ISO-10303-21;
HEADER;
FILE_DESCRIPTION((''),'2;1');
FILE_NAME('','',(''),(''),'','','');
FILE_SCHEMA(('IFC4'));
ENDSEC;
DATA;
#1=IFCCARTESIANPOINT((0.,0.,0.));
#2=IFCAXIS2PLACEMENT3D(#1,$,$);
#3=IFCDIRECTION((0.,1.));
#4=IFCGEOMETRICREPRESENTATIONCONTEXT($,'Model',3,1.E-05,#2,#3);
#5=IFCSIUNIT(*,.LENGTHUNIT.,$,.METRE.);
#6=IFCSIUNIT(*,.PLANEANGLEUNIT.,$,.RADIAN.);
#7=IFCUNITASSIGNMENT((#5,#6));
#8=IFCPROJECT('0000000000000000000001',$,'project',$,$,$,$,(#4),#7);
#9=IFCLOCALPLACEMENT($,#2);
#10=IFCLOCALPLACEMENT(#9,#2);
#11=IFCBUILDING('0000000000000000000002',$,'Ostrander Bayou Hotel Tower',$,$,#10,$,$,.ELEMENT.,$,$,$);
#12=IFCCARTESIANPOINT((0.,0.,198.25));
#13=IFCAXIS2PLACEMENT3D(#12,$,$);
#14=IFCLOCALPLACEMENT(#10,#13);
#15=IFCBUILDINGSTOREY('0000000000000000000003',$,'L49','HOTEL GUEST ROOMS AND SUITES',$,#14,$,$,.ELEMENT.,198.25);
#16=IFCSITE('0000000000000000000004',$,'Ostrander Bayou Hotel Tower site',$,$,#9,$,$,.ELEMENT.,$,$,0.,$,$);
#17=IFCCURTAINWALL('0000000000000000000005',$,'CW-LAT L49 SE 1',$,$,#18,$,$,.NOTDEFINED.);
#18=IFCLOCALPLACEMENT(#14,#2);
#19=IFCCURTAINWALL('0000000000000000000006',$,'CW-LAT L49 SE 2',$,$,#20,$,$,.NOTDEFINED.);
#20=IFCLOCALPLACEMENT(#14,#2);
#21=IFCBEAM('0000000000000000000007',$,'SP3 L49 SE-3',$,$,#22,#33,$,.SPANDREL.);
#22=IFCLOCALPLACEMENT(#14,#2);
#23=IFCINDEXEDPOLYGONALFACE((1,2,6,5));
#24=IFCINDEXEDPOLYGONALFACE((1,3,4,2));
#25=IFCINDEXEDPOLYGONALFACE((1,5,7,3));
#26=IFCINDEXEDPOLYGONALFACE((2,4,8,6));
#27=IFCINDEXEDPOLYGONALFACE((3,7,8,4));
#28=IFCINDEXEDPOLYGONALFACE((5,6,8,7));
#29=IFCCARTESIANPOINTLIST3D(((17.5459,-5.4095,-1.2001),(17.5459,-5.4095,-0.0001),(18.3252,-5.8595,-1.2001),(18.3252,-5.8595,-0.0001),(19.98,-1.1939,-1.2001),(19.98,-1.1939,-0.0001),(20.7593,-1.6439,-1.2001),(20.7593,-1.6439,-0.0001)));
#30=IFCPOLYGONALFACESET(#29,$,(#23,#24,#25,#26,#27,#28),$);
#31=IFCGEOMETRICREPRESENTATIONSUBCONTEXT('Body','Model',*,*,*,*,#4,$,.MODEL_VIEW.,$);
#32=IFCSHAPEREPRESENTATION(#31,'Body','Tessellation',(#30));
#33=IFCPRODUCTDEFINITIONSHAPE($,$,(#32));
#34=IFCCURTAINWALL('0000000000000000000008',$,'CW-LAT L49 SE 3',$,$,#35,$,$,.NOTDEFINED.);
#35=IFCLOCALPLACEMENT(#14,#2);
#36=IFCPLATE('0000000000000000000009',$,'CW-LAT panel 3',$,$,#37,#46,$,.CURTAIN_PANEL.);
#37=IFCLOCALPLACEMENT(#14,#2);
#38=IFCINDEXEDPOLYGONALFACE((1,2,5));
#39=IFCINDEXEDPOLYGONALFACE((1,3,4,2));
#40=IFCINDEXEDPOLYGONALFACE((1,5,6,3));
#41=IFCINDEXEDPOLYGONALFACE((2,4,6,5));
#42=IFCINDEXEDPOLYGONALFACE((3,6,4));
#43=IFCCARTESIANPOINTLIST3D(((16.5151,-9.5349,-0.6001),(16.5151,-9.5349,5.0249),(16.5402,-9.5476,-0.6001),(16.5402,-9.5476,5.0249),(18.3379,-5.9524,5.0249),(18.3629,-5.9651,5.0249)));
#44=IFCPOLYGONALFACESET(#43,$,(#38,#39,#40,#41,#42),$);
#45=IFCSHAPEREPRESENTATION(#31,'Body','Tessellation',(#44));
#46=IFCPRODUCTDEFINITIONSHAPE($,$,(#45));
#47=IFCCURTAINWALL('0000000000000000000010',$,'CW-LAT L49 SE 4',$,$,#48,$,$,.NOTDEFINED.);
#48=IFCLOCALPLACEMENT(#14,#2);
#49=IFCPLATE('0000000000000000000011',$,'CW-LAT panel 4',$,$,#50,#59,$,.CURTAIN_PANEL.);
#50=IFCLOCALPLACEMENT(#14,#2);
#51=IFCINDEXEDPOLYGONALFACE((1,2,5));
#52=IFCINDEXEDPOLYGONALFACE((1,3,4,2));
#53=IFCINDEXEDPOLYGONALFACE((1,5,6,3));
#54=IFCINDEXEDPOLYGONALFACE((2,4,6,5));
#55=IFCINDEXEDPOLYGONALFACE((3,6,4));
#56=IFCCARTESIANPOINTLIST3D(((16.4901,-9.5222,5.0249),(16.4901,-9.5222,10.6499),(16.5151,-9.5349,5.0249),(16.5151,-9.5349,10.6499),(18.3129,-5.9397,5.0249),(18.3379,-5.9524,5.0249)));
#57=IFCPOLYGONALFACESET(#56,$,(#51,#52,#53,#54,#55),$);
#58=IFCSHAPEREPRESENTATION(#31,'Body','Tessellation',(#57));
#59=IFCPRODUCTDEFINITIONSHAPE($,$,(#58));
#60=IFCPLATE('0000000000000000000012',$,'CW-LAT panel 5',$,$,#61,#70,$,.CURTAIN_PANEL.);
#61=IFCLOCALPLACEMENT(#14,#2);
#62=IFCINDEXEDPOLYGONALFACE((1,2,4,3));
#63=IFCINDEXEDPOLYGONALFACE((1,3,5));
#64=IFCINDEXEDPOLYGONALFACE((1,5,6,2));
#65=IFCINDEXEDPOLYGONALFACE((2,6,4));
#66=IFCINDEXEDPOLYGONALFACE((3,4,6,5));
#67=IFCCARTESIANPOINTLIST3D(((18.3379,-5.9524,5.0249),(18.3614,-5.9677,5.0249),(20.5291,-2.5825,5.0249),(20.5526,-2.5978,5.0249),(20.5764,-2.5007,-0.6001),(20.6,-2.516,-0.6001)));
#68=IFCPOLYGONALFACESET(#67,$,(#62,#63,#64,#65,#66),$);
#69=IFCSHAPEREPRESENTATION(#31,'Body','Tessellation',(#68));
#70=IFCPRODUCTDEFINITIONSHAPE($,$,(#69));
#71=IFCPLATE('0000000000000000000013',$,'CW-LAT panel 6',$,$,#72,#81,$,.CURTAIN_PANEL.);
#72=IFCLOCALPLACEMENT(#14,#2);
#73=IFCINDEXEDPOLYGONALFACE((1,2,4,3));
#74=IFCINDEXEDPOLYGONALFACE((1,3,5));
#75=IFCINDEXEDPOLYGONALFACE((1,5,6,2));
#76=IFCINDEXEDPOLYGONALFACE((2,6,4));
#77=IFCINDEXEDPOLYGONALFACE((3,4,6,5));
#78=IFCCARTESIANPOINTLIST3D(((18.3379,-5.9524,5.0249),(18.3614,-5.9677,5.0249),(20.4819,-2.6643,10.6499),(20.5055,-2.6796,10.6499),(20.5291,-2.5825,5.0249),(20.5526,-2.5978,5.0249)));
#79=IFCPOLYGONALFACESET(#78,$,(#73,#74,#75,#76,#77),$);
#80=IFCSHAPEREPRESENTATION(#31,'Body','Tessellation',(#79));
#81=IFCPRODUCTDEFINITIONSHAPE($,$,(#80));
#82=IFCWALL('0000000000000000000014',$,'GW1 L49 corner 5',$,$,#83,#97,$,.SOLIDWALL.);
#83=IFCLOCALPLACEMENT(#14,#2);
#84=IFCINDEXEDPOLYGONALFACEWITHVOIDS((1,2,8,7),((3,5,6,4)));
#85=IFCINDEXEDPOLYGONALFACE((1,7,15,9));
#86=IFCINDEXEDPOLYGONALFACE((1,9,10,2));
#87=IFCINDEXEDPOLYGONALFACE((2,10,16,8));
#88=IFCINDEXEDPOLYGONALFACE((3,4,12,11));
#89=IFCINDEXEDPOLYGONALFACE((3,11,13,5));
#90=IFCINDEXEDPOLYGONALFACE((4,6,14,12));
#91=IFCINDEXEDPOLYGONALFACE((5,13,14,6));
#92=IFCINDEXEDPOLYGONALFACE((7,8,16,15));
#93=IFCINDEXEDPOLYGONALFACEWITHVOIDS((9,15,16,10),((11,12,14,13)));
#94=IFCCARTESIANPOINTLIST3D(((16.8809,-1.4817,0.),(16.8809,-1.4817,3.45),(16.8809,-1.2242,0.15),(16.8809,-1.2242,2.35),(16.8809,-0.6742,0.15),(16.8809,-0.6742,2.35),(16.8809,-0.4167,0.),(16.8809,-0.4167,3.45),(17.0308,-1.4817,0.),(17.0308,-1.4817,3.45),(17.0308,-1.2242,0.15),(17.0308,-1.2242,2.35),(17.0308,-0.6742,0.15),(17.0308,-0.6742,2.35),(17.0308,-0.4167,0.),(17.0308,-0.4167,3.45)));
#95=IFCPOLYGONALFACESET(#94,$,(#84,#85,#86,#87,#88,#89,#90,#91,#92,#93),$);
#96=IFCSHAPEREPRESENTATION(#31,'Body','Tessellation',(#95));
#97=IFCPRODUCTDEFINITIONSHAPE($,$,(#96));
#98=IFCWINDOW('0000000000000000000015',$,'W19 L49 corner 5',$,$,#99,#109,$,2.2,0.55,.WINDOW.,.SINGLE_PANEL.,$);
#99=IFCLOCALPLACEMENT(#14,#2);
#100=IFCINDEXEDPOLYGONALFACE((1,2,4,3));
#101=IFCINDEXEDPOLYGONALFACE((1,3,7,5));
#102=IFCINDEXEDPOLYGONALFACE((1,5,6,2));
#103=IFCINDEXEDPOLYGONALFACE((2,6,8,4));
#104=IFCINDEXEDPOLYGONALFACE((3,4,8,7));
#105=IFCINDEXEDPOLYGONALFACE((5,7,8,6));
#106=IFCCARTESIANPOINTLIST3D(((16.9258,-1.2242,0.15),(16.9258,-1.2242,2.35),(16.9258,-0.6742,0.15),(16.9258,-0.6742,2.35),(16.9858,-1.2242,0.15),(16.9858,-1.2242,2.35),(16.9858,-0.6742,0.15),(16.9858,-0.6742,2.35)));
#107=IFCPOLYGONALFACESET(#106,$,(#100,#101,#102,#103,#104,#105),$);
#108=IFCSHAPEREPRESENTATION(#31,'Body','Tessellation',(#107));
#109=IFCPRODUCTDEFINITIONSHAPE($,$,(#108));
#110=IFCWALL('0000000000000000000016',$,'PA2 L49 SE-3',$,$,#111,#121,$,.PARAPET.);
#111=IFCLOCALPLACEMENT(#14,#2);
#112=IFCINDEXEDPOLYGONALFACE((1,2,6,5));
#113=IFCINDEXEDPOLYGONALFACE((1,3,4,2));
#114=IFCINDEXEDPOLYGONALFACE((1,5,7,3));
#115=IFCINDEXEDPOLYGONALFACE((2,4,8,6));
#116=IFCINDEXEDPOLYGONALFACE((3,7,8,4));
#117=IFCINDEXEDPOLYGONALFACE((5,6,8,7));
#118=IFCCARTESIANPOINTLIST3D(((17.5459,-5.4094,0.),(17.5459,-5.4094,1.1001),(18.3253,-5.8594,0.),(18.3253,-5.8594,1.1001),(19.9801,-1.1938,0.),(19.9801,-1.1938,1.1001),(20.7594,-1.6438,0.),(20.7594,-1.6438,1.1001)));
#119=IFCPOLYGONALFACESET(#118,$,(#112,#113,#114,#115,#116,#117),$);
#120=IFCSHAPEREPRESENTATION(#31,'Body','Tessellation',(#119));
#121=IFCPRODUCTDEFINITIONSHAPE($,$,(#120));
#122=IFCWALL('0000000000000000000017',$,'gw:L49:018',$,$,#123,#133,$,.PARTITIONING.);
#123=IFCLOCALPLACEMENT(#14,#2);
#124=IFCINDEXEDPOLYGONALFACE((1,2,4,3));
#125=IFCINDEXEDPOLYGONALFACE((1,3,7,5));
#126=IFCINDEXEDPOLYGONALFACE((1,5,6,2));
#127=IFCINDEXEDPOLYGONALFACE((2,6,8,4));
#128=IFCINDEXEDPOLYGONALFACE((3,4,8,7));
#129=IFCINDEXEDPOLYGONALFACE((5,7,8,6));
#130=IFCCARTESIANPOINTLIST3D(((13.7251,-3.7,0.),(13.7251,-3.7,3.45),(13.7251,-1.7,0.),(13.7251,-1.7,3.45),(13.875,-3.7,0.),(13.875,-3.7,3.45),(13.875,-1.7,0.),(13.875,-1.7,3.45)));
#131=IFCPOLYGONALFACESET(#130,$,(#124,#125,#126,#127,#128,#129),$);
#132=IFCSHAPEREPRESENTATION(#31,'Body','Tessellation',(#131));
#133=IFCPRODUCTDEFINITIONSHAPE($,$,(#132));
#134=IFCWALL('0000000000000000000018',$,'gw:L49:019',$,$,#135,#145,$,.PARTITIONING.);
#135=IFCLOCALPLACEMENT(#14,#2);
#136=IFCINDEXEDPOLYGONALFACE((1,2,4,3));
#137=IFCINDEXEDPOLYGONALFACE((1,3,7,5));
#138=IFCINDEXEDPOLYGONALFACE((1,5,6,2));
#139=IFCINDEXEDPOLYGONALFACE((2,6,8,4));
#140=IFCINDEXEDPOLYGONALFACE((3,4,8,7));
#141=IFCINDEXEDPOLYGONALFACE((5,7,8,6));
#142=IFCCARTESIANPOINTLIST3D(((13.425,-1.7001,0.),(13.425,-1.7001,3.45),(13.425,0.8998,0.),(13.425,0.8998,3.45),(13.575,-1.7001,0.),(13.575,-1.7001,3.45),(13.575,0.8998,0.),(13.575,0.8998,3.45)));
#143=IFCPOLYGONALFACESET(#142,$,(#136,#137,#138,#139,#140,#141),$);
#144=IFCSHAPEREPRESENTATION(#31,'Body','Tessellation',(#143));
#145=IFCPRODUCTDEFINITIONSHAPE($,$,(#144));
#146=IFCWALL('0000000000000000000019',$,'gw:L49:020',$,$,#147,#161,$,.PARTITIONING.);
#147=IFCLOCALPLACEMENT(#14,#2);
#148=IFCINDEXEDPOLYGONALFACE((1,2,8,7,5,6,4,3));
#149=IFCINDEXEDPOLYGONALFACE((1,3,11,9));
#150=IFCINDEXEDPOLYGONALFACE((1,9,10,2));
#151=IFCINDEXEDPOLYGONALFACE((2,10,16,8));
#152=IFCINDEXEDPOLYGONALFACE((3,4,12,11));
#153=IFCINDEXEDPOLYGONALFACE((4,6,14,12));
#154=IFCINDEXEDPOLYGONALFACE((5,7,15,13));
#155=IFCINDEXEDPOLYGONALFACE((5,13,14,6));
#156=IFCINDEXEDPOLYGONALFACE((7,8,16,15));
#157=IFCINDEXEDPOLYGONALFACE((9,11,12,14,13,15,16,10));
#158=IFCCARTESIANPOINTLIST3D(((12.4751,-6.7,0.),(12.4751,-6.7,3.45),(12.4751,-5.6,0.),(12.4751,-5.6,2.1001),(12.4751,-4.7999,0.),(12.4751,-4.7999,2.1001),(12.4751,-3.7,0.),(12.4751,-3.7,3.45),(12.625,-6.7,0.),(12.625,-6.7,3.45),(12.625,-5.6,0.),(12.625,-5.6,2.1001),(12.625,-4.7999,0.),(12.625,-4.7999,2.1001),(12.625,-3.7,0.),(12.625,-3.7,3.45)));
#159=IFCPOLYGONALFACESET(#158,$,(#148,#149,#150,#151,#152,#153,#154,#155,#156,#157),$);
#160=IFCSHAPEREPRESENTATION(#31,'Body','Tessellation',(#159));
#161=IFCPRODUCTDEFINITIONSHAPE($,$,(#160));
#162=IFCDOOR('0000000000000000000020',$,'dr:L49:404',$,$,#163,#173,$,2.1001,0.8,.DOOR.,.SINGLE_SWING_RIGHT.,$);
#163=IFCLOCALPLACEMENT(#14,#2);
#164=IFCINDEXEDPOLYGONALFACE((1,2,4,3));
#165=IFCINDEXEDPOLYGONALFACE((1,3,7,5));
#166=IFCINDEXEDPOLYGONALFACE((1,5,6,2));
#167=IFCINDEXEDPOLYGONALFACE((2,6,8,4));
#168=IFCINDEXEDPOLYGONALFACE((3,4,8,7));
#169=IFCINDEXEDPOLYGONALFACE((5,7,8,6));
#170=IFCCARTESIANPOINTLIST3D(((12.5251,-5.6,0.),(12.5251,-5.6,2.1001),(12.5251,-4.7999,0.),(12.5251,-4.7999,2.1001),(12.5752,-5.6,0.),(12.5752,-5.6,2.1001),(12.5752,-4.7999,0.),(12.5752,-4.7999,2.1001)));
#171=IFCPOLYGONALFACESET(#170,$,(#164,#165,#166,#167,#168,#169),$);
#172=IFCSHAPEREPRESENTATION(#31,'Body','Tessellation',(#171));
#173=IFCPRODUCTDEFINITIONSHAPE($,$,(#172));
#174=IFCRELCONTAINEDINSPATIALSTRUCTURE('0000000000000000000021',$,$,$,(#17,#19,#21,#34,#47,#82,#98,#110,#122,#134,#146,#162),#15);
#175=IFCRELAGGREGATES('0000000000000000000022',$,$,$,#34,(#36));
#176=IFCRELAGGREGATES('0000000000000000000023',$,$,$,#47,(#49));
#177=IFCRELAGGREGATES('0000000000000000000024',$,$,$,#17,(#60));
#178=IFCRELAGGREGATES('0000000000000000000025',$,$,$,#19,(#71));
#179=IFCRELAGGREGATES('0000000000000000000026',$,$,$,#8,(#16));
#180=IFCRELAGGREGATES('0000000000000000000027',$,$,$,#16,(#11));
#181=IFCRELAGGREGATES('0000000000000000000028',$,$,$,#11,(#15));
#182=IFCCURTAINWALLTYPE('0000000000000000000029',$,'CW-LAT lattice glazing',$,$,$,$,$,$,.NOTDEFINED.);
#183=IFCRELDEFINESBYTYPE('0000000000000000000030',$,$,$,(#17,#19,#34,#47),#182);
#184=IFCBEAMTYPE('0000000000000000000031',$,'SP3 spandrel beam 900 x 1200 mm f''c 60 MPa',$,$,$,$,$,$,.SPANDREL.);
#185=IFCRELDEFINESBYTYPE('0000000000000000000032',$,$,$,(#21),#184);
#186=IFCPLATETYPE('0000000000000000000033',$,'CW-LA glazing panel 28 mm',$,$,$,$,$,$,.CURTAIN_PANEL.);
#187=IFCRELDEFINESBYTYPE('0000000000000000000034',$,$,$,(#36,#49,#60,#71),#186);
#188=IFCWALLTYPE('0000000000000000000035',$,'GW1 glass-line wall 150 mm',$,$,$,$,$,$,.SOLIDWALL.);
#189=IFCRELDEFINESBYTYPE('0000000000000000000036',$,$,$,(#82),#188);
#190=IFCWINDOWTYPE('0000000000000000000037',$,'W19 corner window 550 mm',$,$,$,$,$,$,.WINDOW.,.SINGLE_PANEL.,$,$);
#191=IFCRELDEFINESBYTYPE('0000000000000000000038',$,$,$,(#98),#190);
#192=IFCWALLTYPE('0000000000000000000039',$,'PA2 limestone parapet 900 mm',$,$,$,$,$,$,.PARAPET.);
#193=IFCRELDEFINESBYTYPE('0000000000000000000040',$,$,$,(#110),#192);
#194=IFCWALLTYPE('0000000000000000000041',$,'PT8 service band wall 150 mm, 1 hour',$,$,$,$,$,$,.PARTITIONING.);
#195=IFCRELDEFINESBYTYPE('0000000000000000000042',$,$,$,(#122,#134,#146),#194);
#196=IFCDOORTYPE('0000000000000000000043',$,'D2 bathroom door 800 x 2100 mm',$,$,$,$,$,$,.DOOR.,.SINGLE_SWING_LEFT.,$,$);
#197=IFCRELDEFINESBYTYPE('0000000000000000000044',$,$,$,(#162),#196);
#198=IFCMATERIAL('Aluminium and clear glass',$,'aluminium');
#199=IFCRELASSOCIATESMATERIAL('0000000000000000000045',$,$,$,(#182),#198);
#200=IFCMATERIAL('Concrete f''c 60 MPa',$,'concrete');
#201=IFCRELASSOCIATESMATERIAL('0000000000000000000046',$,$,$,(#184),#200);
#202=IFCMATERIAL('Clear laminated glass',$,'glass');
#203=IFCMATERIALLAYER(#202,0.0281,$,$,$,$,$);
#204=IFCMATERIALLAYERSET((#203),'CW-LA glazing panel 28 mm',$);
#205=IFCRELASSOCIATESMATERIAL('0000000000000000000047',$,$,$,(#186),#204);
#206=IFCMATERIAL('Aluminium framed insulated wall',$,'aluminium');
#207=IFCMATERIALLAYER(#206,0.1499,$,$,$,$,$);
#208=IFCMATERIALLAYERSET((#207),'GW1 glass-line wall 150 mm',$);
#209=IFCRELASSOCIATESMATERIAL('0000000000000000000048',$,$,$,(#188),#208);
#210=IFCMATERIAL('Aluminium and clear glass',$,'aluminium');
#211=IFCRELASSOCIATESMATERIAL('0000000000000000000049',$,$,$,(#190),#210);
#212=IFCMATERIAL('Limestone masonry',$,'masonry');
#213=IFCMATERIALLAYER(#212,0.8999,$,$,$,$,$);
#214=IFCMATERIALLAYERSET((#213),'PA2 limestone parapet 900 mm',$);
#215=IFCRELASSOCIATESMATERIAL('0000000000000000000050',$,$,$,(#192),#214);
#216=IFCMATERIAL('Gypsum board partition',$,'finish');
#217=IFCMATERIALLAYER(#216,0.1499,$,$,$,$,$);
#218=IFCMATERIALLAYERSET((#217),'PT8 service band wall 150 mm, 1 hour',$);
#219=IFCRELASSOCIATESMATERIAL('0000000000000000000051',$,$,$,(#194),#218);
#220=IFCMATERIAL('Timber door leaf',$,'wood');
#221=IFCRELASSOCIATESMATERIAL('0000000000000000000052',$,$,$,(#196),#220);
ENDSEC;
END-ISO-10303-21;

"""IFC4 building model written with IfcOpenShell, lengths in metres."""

from ifc_helpers import new_model, si_unit, direction, frame, frame_2d, origin, origin_2d, place, context, subcontext, project, spatial, polyline, rectangle, outline, extrude, material, layer, layer_set, material_profile, profile_set, type_object, element, fill, aggregate, save


model = new_model("IFC4")

# Units and contexts
model_context = context("Model", 3, precision=1e-05, world=origin(), true_north=direction((0.0, 1.0)))
body_context = subcontext(model_context, "Body", "Model", "MODEL_VIEW")
ifc_project = project(units=[si_unit("LENGTHUNIT", "METRE"), si_unit("PLANEANGLEUNIT", "RADIAN")], contexts=[model_context])

# Site, building, storey
site_placement = place(None, origin())
site = spatial("IfcSite", under=ifc_project, at=site_placement, Name="Ostrander Bayou Hotel Tower site", CompositionType="ELEMENT", RefElevation=0.0)
building_placement = place(site_placement, origin())
building = spatial("IfcBuilding", under=site, at=building_placement, Name="Ostrander Bayou Hotel Tower", CompositionType="ELEMENT")
storey_placement = place(building_placement, frame((0.0, 0.0, 198.25)))
storey = spatial("IfcBuildingStorey", under=building, at=storey_placement, Name="L49", Description="HOTEL GUEST ROOMS AND SUITES", CompositionType="ELEMENT", Elevation=198.25)

# Curtain wall
ifc_material_1 = material(Name="Aluminium and clear glass", Category="aluminium")
curtain_wall_type = type_object("IfcCurtainWallType", Name="CW-LAT lattice glazing", PredefinedType="NOTDEFINED", material=ifc_material_1)
curtain_wall_1_placement = place(storey_placement, origin())
curtain_wall_1 = element("IfcCurtainWall", 1, at=curtain_wall_1_placement, inside=storey, type_object=curtain_wall_type, Name="CW-LAT L49 SE 1", PredefinedType="NOTDEFINED")

# Curtain wall
curtain_wall_2_placement = place(storey_placement, origin())
curtain_wall_2 = element("IfcCurtainWall", 2, at=curtain_wall_2_placement, inside=storey, type_object=curtain_wall_type, Name="CW-LAT L49 SE 2", PredefinedType="NOTDEFINED")

# Beam
ifc_material_2 = material(Name="Concrete f'c 60 MPa", Category="concrete")
ifc_material_profile_1 = material_profile(ifc_material_2, rectangle(XDim=0.8999, YDim=1.2, at=origin_2d()))
ifc_profile_set_1 = profile_set([ifc_material_profile_1], Name="Concrete f'c 60 MPa")
beam_type_1 = type_object("IfcBeamType", Name="SP3 spandrel beam 900 x 1200 mm f'c 60 MPa", PredefinedType="SPANDREL", material=ifc_profile_set_1)
beam_1_placement = place(storey_placement, frame((17.9355, -5.6345, -0.6001), z_axis=(0.500034, 0.866006, 0.0), x_axis=(-0.866006, 0.500034, 0.0)))
element("IfcBeam", 3, at=beam_1_placement, inside=storey, type_object=beam_type_1, Name="SP3 L49 SE-3", PredefinedType="SPANDREL", context=body_context, shape_type="SweptSolid", body=[
    extrude(rectangle(XDim=0.8999, YDim=1.2, at=origin_2d()), origin(), (0.0, 0.0, 1.0), 4.8679),
])

# Curtain walls, plates
curtain_wall_3_placement = place(storey_placement, origin())
curtain_wall_3 = element("IfcCurtainWall", 4, at=curtain_wall_3_placement, inside=storey, type_object=curtain_wall_type, Name="CW-LAT L49 SE 3", PredefinedType="NOTDEFINED")
ifc_material_3 = material(Name="Clear laminated glass", Category="glass")
ifc_layer_1 = layer(ifc_material_3, 0.0281)
ifc_layer_set_1 = layer_set([ifc_layer_1], Name="CW-LA glazing panel 28 mm")
plate_type = type_object("IfcPlateType", Name="CW-LA glazing panel 28 mm", PredefinedType="CURTAIN_PANEL", material=ifc_layer_set_1)
plate_1_placement = place(storey_placement, frame((18.3379, -5.9524, 5.0249), z_axis=(-0.891271, 0.453471, 0.0), x_axis=(-0.263649, -0.518186, -0.813617)))
plate_1 = element("IfcPlate", 5, at=plate_1_placement, type_object=plate_type, Name="CW-LAT panel 3", PredefinedType="CURTAIN_PANEL", context=body_context, shape_type="SweptSolid", body=[
    extrude(outline(polyline([(0.0, 0.0), (6.9136, 0.0), (2.337, 3.2704), (0.0, 0.0)])), origin(), (0.0, 0.0, -1.0), 0.0281),
])
aggregate(curtain_wall_3, [plate_1])
curtain_wall_4_placement = place(storey_placement, origin())
curtain_wall_4 = element("IfcCurtainWall", 6, at=curtain_wall_4_placement, inside=storey, type_object=curtain_wall_type, Name="CW-LAT L49 SE 4", PredefinedType="NOTDEFINED")
plate_2_placement = place(storey_placement, frame((18.3379, -5.9524, 5.0249), z_axis=(0.891271, -0.453471, 0.0), x_axis=(-0.263649, -0.518186, 0.813617)))
plate_2 = element("IfcPlate", 7, at=plate_2_placement, type_object=plate_type, Name="CW-LAT panel 4", PredefinedType="CURTAIN_PANEL", context=body_context, shape_type="SweptSolid", body=[
    extrude(outline(polyline([(0.0, 0.0), (6.9136, 0.0), (2.337, 3.2704), (0.0, 0.0)])), origin(), (0.0, 0.0, -1.0), 0.0281),
])
aggregate(curtain_wall_4, [plate_2])

# Plates
plate_3_placement = place(storey_placement, frame((18.3379, -5.9524, 5.0249), z_axis=(-0.838359, 0.545118, 0.000867), x_axis=(0.321216, 0.495295, -0.807157)))
plate_3 = element("IfcPlate", 8, at=plate_3_placement, type_object=plate_type, Name="CW-LAT panel 5", PredefinedType="CURTAIN_PANEL", context=body_context, shape_type="SweptSolid", body=[
    extrude(outline(polyline([(0.0, 0.0), (6.9689, 0.0), (2.3729, -3.2445), (0.0, 0.0)])), origin(), (0.0, 0.0, -1.0), 0.0281),
])
aggregate(curtain_wall_1, [plate_3])
plate_4_placement = place(storey_placement, frame((18.3379, -5.9524, 5.0249), z_axis=(-0.838359, 0.545118, 0.000903), x_axis=(0.312578, 0.479367, 0.820063)))
plate_4 = element("IfcPlate", 9, at=plate_4_placement, type_object=plate_type, Name="CW-LAT panel 6", PredefinedType="CURTAIN_PANEL", context=body_context, shape_type="SweptSolid", body=[
    extrude(outline(polyline([(0.0, 0.0), (6.8592, 0.0), (2.3003, 3.2963), (0.0, 0.0)])), origin(), (0.0, 0.0, -1.0), 0.0281),
])
aggregate(curtain_wall_2, [plate_4])

# Wall, opening, window
ifc_material_4 = material(Name="Aluminium framed insulated wall", Category="aluminium")
ifc_layer_2 = layer(ifc_material_4, 0.1499)
ifc_layer_set_2 = layer_set([ifc_layer_2], Name="GW1 glass-line wall 150 mm")
wall_type_1 = type_object("IfcWallType", Name="GW1 glass-line wall 150 mm", PredefinedType="SOLIDWALL", material=ifc_layer_set_2)
wall_1_placement = place(storey_placement, frame((16.9558, -1.4817, 0.0), z_axis=(0.0, 0.0, 1.0), x_axis=(0.0, 1.0, 0.0)))
wall_1 = element("IfcWall", 10, at=wall_1_placement, inside=storey, type_object=wall_type_1, Name="GW1 L49 corner 5", PredefinedType="SOLIDWALL", context=body_context, shape_type="SweptSolid", body=[
    extrude(rectangle(XDim=1.0649, YDim=0.1499, at=frame_2d((0.5325, 0.0))), origin(), (0.0, 0.0, 1.0), 3.45),
])
opening_1_placement = place(wall_1_placement, frame((0.2576, 0.0, 0.1499)))
opening_1 = element("IfcOpeningElement", 11, at=opening_1_placement, cuts=wall_1, PredefinedType="OPENING", context=body_context, shape_type="SweptSolid", body=[
    extrude(rectangle(XDim=0.55, YDim=2.2, at=frame_2d((0.2749, 1.1001))), frame((0.0, 0.075, 0.0), z_axis=(0.0, -1.0, 0.0), x_axis=(1.0, 0.0, 0.0)), (0.0, 0.0, 1.0), 0.1499),
])
ifc_material_5 = material(Name="Aluminium and clear glass", Category="aluminium")
window_type = type_object("IfcWindowType", Name="W19 corner window 550 mm", PartitioningType="SINGLE_PANEL", PredefinedType="WINDOW", material=ifc_material_5)
window_placement = place(opening_1_placement, origin())
window = element("IfcWindow", 12, at=window_placement, inside=storey, type_object=window_type, Name="W19 L49 corner 5", OverallHeight=2.2, OverallWidth=0.55, PartitioningType="SINGLE_PANEL", PredefinedType="WINDOW", context=body_context, shape_type="SweptSolid", body=[
    extrude(rectangle(XDim=0.55, YDim=2.2, at=frame_2d((0.2749, 1.1001))), frame((0.0, 0.03, 0.0), z_axis=(0.0, -1.0, 0.0), x_axis=(1.0, 0.0, 0.0)), (0.0, 0.0, 1.0), 0.0601),
])
fill(opening_1, window)

# Walls
ifc_material_6 = material(Name="Limestone masonry", Category="masonry")
ifc_layer_3 = layer(ifc_material_6, 0.8999)
ifc_layer_set_3 = layer_set([ifc_layer_3], Name="PA2 limestone parapet 900 mm")
wall_type_2 = type_object("IfcWallType", Name="PA2 limestone parapet 900 mm", PredefinedType="PARAPET", material=ifc_layer_set_3)
wall_2_placement = place(storey_placement, frame((17.9355, -5.6345, 0.0), z_axis=(0.0, 0.0, 1.0), x_axis=(0.500034, 0.866006, 0.0)))
element("IfcWall", 13, at=wall_2_placement, inside=storey, type_object=wall_type_2, Name="PA2 L49 SE-3", PredefinedType="PARAPET", context=body_context, shape_type="SweptSolid", body=[
    extrude(rectangle(XDim=4.8679, YDim=0.8999, at=frame_2d((2.4341, 0.0))), origin(), (0.0, 0.0, 1.0), 1.1001),
])
ifc_material_7 = material(Name="Gypsum board partition", Category="finish")
ifc_layer_4 = layer(ifc_material_7, 0.1499)
ifc_layer_set_4 = layer_set([ifc_layer_4], Name="PT8 service band wall 150 mm, 1 hour")
wall_type_3 = type_object("IfcWallType", Name="PT8 service band wall 150 mm, 1 hour", PredefinedType="PARTITIONING", material=ifc_layer_set_4)
wall_3_placement = place(storey_placement, frame((13.8, -3.7, 0.0), z_axis=(0.0, 0.0, 1.0), x_axis=(0.0, 1.0, 0.0)))
element("IfcWall", 14, at=wall_3_placement, inside=storey, type_object=wall_type_3, Name="gw:L49:018", PredefinedType="PARTITIONING", context=body_context, shape_type="SweptSolid", body=[
    extrude(rectangle(XDim=2.0, YDim=0.1499, at=frame_2d((1.0, 0.0))), origin(), (0.0, 0.0, 1.0), 3.45),
])
wall_4_placement = place(storey_placement, frame((13.5, -1.7, 0.0), z_axis=(0.0, 0.0, 1.0), x_axis=(0.0, 1.0, 0.0)))
element("IfcWall", 15, at=wall_4_placement, inside=storey, type_object=wall_type_3, Name="gw:L49:019", PredefinedType="PARTITIONING", context=body_context, shape_type="SweptSolid", body=[
    extrude(rectangle(XDim=2.5999, YDim=0.1499, at=frame_2d((1.2998, 0.0))), origin(), (0.0, 0.0, 1.0), 3.45),
])

# Wall, opening, door
wall_5_placement = place(storey_placement, frame((12.55, -6.7, 0.0), z_axis=(0.0, 0.0, 1.0), x_axis=(0.0, 1.0, 0.0)))
wall_5 = element("IfcWall", 16, at=wall_5_placement, inside=storey, type_object=wall_type_3, Name="gw:L49:020", PredefinedType="PARTITIONING", context=body_context, shape_type="SweptSolid", body=[
    extrude(rectangle(XDim=3.0, YDim=0.1499, at=frame_2d((1.5, 0.0))), origin(), (0.0, 0.0, 1.0), 3.45),
])
opening_2_placement = place(wall_5_placement, frame((1.1001, 0.0, 0.0)))
opening_2 = element("IfcOpeningElement", 17, at=opening_2_placement, cuts=wall_5, PredefinedType="OPENING", context=body_context, shape_type="SweptSolid", body=[
    extrude(rectangle(XDim=0.8, YDim=2.1001, at=frame_2d((0.3999, 1.05))), frame((0.0, 0.075, 0.0), z_axis=(0.0, -1.0, 0.0), x_axis=(1.0, 0.0, 0.0)), (0.0, 0.0, 1.0), 0.1499),
])
ifc_material_8 = material(Name="Timber door leaf", Category="wood")
door_type = type_object("IfcDoorType", Name="D2 bathroom door 800 x 2100 mm", OperationType="SINGLE_SWING_LEFT", PredefinedType="DOOR", material=ifc_material_8)
door_placement = place(opening_2_placement, origin())
door = element("IfcDoor", 18, at=door_placement, inside=storey, type_object=door_type, Name="dr:L49:404", OperationType="SINGLE_SWING_RIGHT", OverallHeight=2.1001, OverallWidth=0.8, PredefinedType="DOOR", context=body_context, shape_type="SweptSolid", body=[
    extrude(rectangle(XDim=0.8, YDim=2.1001, at=frame_2d((0.3999, 1.05))), frame((0.0, 0.0249, 0.0), z_axis=(0.0, -1.0, 0.0), x_axis=(1.0, 0.0, 0.0)), (0.0, 0.0, 1.0), 0.05),
])
fill(opening_2, door)

save(model, "model.ifc")
